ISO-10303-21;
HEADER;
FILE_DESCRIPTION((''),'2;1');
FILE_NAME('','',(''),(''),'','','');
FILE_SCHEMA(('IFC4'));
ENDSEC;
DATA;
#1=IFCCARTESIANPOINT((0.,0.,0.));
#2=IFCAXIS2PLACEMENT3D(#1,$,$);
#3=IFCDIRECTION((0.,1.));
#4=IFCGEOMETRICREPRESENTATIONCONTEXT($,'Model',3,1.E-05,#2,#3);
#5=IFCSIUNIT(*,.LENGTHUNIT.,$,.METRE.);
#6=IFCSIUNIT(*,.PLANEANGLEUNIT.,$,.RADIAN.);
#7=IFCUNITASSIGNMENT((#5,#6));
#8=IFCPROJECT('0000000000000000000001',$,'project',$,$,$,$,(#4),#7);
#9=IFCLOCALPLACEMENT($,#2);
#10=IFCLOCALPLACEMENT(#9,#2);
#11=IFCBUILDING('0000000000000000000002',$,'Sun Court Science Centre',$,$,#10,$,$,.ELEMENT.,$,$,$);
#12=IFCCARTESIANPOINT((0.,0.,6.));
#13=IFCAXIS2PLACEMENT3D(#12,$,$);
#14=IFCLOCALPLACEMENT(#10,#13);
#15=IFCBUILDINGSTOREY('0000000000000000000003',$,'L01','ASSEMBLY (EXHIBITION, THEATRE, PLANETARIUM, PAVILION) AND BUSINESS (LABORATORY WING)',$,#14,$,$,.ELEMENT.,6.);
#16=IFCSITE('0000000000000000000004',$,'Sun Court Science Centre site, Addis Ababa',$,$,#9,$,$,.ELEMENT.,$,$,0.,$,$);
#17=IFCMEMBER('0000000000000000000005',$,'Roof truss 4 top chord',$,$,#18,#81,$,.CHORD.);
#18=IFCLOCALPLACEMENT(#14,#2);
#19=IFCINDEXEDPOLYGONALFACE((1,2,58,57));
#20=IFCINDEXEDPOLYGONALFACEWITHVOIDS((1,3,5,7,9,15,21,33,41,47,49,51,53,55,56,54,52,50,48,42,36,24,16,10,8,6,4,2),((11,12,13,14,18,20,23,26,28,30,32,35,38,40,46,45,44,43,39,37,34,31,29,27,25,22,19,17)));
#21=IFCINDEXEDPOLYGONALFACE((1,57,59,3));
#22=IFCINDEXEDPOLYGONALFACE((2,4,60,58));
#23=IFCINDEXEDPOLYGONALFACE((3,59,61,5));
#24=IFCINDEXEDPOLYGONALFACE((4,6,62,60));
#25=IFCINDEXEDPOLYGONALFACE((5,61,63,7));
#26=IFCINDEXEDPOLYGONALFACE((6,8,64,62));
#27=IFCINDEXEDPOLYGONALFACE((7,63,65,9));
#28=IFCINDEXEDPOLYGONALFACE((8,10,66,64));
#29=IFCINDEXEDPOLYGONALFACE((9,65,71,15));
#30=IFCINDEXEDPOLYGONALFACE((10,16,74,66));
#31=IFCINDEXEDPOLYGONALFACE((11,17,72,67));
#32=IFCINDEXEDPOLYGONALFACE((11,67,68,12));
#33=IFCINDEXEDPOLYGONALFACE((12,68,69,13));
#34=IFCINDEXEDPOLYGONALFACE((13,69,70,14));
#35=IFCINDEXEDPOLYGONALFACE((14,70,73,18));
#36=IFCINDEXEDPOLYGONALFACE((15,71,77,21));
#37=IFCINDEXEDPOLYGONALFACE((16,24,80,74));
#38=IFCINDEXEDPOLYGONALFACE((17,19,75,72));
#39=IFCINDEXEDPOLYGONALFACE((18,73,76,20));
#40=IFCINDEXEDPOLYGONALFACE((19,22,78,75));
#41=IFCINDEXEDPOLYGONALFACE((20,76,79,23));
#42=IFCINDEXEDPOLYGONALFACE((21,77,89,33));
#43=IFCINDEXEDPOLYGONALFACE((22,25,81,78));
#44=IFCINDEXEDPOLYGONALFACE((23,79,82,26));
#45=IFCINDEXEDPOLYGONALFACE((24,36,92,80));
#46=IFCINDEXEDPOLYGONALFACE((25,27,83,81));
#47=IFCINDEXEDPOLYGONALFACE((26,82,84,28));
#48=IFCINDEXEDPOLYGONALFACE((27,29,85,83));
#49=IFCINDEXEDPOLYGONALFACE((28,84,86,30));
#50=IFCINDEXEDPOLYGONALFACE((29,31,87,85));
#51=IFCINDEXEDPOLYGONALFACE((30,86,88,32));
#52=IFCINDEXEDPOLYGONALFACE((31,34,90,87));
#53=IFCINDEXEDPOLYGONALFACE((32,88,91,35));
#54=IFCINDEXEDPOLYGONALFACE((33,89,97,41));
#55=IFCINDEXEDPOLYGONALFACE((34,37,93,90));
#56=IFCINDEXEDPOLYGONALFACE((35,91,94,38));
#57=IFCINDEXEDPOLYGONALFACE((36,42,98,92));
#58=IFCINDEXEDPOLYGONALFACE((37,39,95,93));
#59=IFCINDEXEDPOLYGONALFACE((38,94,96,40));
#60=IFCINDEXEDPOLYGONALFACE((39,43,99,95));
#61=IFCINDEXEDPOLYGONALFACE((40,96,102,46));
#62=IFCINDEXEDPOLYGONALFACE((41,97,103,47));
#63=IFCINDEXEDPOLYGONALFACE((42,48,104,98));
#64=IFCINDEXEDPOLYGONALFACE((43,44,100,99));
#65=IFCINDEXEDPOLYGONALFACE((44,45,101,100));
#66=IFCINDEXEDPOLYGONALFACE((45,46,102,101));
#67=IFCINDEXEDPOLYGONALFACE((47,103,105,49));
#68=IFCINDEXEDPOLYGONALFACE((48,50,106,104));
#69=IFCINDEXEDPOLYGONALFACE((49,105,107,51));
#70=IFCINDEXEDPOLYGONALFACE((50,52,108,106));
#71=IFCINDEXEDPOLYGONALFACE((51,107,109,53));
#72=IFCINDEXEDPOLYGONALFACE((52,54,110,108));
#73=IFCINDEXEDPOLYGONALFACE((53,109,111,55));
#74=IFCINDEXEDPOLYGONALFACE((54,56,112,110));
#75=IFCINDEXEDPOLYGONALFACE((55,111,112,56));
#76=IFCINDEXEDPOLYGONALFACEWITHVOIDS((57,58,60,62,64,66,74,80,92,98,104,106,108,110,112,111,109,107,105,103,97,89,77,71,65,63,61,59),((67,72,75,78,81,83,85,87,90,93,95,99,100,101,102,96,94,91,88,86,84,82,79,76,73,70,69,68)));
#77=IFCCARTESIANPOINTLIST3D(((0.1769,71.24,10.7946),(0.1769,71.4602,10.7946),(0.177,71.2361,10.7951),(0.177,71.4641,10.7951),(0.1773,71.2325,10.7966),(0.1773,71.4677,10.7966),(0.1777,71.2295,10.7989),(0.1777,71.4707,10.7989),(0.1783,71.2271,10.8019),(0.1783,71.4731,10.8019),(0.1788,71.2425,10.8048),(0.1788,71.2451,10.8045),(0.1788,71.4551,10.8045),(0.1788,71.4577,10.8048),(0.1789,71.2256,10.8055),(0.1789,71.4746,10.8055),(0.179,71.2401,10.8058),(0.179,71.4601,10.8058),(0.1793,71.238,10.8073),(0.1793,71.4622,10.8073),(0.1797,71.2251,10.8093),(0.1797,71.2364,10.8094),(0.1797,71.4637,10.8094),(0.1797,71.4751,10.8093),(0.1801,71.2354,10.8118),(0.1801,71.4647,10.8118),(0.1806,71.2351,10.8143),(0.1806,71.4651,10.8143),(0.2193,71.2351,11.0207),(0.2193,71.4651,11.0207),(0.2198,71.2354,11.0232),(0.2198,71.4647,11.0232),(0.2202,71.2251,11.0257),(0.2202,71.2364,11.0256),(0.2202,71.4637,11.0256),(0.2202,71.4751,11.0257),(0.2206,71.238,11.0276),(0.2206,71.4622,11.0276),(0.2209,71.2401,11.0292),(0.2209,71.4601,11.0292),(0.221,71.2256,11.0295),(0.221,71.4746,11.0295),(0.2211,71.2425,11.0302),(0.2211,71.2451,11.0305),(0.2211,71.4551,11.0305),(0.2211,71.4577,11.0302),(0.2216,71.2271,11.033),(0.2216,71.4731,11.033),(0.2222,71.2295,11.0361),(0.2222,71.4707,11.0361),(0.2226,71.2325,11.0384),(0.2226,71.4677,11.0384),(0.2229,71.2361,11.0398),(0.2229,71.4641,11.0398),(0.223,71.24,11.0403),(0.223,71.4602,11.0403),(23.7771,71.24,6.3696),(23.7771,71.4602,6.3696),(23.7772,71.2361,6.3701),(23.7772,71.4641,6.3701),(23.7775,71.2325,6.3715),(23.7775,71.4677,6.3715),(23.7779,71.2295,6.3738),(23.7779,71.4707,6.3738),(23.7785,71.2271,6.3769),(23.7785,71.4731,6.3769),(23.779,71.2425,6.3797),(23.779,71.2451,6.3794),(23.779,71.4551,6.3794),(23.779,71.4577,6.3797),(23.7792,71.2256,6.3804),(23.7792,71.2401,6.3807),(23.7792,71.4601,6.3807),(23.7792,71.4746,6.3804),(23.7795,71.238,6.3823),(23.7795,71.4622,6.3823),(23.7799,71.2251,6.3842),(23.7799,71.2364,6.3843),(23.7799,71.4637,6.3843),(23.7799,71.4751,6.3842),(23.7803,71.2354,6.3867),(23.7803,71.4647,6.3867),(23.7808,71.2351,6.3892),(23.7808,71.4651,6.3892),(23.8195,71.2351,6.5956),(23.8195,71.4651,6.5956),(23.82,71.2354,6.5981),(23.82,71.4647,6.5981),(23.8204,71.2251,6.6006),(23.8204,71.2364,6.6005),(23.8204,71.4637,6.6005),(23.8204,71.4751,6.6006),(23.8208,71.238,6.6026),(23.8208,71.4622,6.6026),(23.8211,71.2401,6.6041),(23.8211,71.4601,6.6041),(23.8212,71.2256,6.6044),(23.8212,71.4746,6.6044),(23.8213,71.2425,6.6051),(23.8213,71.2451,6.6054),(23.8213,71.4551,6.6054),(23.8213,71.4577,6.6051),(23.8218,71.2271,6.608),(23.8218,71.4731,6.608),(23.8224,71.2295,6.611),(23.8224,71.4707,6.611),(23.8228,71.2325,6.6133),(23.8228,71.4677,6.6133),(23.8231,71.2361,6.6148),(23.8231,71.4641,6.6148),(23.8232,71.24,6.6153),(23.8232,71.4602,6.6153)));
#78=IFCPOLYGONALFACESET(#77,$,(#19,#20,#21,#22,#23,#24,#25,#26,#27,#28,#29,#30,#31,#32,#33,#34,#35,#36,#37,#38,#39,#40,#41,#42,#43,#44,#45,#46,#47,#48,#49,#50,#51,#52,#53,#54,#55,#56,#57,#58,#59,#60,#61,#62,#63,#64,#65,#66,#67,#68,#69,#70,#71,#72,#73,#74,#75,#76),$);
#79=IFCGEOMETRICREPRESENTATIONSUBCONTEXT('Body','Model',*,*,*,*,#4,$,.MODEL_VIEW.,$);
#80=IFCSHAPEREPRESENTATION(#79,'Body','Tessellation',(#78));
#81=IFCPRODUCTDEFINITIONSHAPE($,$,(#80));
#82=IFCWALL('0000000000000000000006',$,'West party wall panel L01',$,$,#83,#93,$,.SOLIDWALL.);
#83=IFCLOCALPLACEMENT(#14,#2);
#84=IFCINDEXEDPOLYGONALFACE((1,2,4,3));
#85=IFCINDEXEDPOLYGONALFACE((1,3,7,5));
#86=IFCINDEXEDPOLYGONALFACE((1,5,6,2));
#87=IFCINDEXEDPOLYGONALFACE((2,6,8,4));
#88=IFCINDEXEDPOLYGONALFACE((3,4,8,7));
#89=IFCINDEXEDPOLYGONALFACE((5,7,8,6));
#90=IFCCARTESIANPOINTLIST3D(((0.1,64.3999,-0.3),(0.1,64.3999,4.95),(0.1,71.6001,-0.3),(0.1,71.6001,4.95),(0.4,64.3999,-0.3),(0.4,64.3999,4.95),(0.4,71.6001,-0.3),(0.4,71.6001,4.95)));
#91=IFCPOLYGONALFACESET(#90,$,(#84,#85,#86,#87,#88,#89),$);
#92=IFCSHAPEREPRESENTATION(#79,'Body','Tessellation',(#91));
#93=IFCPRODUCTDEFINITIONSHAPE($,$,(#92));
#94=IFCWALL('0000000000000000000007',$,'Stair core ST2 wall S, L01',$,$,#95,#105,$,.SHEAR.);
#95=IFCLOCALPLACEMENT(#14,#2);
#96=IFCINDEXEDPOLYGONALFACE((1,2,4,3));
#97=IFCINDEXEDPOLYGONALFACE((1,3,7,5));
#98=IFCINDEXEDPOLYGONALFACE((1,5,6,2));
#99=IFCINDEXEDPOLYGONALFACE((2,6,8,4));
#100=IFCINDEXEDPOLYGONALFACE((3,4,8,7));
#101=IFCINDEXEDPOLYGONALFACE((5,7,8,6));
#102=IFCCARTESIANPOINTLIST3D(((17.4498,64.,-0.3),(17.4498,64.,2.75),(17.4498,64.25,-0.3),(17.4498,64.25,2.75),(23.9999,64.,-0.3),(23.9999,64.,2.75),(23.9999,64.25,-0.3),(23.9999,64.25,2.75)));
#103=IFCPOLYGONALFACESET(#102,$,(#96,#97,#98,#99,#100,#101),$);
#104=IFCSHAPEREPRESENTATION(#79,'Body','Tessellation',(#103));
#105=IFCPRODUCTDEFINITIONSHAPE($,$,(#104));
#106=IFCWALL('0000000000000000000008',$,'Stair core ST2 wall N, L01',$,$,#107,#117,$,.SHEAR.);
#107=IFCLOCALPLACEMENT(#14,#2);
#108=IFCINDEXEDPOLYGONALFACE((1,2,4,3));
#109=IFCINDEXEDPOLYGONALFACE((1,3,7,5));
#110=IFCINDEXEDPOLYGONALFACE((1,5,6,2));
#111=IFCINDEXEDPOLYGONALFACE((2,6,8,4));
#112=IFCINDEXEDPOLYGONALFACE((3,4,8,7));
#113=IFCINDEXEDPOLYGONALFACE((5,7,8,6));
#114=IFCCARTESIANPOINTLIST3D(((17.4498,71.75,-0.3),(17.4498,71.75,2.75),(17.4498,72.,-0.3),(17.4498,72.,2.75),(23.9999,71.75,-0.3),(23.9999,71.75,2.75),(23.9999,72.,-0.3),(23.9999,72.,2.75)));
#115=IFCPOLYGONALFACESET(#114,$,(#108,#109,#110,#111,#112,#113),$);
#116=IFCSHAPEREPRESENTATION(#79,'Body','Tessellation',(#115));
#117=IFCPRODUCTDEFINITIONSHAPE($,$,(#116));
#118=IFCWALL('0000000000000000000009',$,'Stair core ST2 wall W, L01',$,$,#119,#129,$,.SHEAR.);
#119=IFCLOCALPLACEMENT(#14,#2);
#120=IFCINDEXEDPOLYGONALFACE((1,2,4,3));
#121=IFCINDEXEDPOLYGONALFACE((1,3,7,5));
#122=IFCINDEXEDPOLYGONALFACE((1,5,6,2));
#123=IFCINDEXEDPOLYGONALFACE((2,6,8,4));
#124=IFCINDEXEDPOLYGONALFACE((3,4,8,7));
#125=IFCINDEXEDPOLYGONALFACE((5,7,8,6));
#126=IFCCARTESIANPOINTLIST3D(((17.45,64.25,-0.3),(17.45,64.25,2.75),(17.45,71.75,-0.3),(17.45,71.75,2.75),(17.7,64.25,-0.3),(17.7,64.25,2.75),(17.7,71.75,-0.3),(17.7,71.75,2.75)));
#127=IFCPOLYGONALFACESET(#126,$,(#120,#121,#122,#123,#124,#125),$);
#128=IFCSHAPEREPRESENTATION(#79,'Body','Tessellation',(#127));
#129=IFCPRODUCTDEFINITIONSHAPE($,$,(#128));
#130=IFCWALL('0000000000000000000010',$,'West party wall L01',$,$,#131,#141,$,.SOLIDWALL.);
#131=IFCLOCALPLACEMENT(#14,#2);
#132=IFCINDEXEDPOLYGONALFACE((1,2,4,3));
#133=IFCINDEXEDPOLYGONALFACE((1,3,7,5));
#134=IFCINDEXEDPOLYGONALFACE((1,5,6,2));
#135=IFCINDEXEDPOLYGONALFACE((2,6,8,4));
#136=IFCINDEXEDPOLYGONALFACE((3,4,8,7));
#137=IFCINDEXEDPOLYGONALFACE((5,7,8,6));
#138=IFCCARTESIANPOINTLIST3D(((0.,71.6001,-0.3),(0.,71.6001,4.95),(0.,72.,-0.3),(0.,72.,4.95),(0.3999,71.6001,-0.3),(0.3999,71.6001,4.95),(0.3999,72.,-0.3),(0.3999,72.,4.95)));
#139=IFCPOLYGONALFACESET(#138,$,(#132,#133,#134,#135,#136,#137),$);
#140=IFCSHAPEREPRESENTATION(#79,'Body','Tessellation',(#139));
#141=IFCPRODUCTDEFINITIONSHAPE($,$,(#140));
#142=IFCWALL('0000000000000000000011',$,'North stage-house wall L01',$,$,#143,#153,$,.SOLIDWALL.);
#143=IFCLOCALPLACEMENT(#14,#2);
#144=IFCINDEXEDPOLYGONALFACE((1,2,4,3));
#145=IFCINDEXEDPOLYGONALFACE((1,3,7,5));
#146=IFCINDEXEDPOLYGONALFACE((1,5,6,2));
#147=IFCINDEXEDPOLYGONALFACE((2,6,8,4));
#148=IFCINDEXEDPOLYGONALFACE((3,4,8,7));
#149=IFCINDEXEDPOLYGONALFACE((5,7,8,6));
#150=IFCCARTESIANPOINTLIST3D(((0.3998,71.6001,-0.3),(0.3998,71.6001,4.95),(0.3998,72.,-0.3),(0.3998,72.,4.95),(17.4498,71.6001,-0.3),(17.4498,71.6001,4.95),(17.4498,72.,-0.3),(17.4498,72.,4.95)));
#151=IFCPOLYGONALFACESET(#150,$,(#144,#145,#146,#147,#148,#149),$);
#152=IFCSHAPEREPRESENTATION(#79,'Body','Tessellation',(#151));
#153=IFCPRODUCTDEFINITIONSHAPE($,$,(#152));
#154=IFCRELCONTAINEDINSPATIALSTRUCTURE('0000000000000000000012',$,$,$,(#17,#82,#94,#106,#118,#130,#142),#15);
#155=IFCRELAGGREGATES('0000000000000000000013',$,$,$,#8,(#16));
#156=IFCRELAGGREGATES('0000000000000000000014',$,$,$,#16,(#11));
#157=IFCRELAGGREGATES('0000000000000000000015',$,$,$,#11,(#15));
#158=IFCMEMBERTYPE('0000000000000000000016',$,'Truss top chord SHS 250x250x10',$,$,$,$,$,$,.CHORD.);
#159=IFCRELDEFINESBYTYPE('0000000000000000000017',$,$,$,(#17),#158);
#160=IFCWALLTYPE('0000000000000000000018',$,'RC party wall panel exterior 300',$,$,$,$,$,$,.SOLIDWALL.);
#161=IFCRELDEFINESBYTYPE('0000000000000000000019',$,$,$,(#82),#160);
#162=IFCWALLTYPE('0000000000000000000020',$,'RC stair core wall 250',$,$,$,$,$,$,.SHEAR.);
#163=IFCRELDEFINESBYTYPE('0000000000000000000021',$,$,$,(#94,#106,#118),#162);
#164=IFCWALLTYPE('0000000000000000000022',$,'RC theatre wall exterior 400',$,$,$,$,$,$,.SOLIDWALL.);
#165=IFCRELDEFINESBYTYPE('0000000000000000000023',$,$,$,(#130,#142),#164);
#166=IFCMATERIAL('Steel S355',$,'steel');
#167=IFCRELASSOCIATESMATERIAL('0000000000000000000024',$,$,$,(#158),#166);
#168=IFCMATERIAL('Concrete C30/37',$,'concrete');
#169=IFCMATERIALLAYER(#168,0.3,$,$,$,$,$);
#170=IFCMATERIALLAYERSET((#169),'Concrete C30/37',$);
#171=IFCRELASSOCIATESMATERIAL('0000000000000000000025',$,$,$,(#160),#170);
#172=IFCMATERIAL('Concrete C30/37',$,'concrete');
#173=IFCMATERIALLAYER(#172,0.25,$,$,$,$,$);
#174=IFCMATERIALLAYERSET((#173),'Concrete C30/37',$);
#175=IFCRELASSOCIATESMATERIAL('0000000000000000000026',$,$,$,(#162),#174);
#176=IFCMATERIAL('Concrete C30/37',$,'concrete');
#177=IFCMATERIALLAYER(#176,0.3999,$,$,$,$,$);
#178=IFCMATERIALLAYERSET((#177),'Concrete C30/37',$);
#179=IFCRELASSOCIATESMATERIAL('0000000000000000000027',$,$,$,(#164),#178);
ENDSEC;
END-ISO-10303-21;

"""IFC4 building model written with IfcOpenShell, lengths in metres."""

from ifc_helpers import new_model, si_unit, direction, frame, frame_2d, origin, origin_2d, place, context, subcontext, project, spatial, rectangle, hollow_rectangle, extrude, material, layer, layer_set, material_profile, profile_set, type_object, element, save


model = new_model("IFC4")

# Units and contexts
model_context = context("Model", 3, precision=1e-05, world=origin(), true_north=direction((0.0, 1.0)))
body_context = subcontext(model_context, "Body", "Model", "MODEL_VIEW")
ifc_project = project(units=[si_unit("LENGTHUNIT", "METRE"), si_unit("PLANEANGLEUNIT", "RADIAN")], contexts=[model_context])

# Site, building, storey
site_placement = place(None, origin())
site = spatial("IfcSite", under=ifc_project, at=site_placement, Name="Sun Court Science Centre site, Addis Ababa", CompositionType="ELEMENT", RefElevation=0.0)
building_placement = place(site_placement, origin())
building = spatial("IfcBuilding", under=site, at=building_placement, Name="Sun Court Science Centre", CompositionType="ELEMENT")
storey_placement = place(building_placement, frame((0.0, 0.0, 6.0)))
storey = spatial("IfcBuildingStorey", under=building, at=storey_placement, Name="L01", Description="ASSEMBLY (EXHIBITION, THEATRE, PLANETARIUM, PAVILION) AND BUSINESS (LABORATORY WING)", CompositionType="ELEMENT", Elevation=6.0)

# Member
ifc_material_1 = material(Name="Steel S355", Category="steel")
ifc_material_profile_1 = material_profile(ifc_material_1, hollow_rectangle(XDim=0.25, YDim=0.25, WallThickness=0.01, InnerFilletRadius=0.01, OuterFilletRadius=0.0149, at=origin_2d()), Name="SHS 250x250x10")
ifc_profile_set_1 = profile_set([ifc_material_profile_1], Name="Steel S355")
member_type_1 = type_object("IfcMemberType", Name="Truss top chord SHS 250x250x10", PredefinedType="CHORD", material=ifc_profile_set_1)
member_1_placement = place(storey_placement, frame((0.2, 71.3501, 10.9175), z_axis=(0.982872, 0.0, -0.18429), x_axis=(0.0, 1.0, 0.0)))
element("IfcMember", 1, at=member_1_placement, inside=storey, type_object=member_type_1, Name="Roof truss 4 top chord", PredefinedType="CHORD", context=body_context, shape_type="SweptSolid", body=[
    extrude(hollow_rectangle(XDim=0.25, YDim=0.25, WallThickness=0.01, InnerFilletRadius=0.01, OuterFilletRadius=0.0149, at=origin_2d()), origin(), (0.0, 0.0, 1.0), 24.0115),
])

# Walls
ifc_material_2 = material(Name="Concrete C30/37", Category="concrete")
ifc_layer_1 = layer(ifc_material_2, 0.3)
ifc_layer_set_1 = layer_set([ifc_layer_1], Name="Concrete C30/37")
wall_type_1 = type_object("IfcWallType", Name="RC party wall panel exterior 300", PredefinedType="SOLIDWALL", material=ifc_layer_set_1)
wall_1_placement = place(storey_placement, frame((0.25, 64.3999, -0.3), z_axis=(0.0, 0.0, 1.0), x_axis=(0.0, 1.0, 0.0)))
element("IfcWall", 2, at=wall_1_placement, inside=storey, type_object=wall_type_1, Name="West party wall panel L01", PredefinedType="SOLIDWALL", context=body_context, shape_type="SweptSolid", body=[
    extrude(rectangle(XDim=7.2002, YDim=0.3, at=frame_2d((3.6001, 0.0))), origin(), (0.0, 0.0, 1.0), 5.25),
])
ifc_material_3 = material(Name="Concrete C30/37", Category="concrete")
ifc_layer_2 = layer(ifc_material_3, 0.25)
ifc_layer_set_2 = layer_set([ifc_layer_2], Name="Concrete C30/37")
wall_type_2 = type_object("IfcWallType", Name="RC stair core wall 250", PredefinedType="SHEAR", material=ifc_layer_set_2)
for number, where, z_axis, x_axis, name in (
    (3, (17.45, 64.125, -0.3), (0.0, 0.0, 1.0), (1.0, 0.0, 0.0), "Stair core ST2 wall S, L01"),
    (4, (17.45, 71.875, -0.3), (0.0, 0.0, 1.0), (1.0, 0.0, 0.0), "Stair core ST2 wall N, L01"),
):
    element("IfcWall", number, at=place(storey_placement, frame(where, z_axis=z_axis, x_axis=x_axis)), inside=storey, type_object=wall_type_2, Name=name, PredefinedType="SHEAR", context=body_context, shape_type="SweptSolid", body=[
        extrude(rectangle(XDim=6.55, YDim=0.25, at=frame_2d((3.2749, 0.0))), origin(), (0.0, 0.0, 1.0), 3.05),
    ])
wall_2_placement = place(storey_placement, frame((17.575, 64.25, -0.3), z_axis=(0.0, 0.0, 1.0), x_axis=(0.0, 1.0, 0.0)))
element("IfcWall", 5, at=wall_2_placement, inside=storey, type_object=wall_type_2, Name="Stair core ST2 wall W, L01", PredefinedType="SHEAR", context=body_context, shape_type="SweptSolid", body=[
    extrude(rectangle(XDim=7.5, YDim=0.25, at=frame_2d((3.75, 0.0))), origin(), (0.0, 0.0, 1.0), 3.05),
])
ifc_material_4 = material(Name="Concrete C30/37", Category="concrete")
ifc_layer_3 = layer(ifc_material_4, 0.3999)
ifc_layer_set_3 = layer_set([ifc_layer_3], Name="Concrete C30/37")
wall_type_3 = type_object("IfcWallType", Name="RC theatre wall exterior 400", PredefinedType="SOLIDWALL", material=ifc_layer_set_3)
wall_3_placement = place(storey_placement, frame((0.2, 71.6001, -0.3), z_axis=(0.0, 0.0, 1.0), x_axis=(0.0, 1.0, 0.0)))
element("IfcWall", 6, at=wall_3_placement, inside=storey, type_object=wall_type_3, Name="West party wall L01", PredefinedType="SOLIDWALL", context=body_context, shape_type="SweptSolid", body=[
    extrude(rectangle(XDim=0.3999, YDim=0.3999, at=frame_2d((0.2, 0.0))), origin(), (0.0, 0.0, 1.0), 5.25),
])
wall_4_placement = place(storey_placement, frame((0.3999, 71.8, -0.3), z_axis=(0.0, 0.0, 1.0), x_axis=(1.0, 0.0, 0.0)))
element("IfcWall", 7, at=wall_4_placement, inside=storey, type_object=wall_type_3, Name="North stage-house wall L01", PredefinedType="SOLIDWALL", context=body_context, shape_type="SweptSolid", body=[
    extrude(rectangle(XDim=17.05, YDim=0.3999, at=frame_2d((8.5249, 0.0))), origin(), (0.0, 0.0, 1.0), 5.25),
])

save(model, "model.ifc")
